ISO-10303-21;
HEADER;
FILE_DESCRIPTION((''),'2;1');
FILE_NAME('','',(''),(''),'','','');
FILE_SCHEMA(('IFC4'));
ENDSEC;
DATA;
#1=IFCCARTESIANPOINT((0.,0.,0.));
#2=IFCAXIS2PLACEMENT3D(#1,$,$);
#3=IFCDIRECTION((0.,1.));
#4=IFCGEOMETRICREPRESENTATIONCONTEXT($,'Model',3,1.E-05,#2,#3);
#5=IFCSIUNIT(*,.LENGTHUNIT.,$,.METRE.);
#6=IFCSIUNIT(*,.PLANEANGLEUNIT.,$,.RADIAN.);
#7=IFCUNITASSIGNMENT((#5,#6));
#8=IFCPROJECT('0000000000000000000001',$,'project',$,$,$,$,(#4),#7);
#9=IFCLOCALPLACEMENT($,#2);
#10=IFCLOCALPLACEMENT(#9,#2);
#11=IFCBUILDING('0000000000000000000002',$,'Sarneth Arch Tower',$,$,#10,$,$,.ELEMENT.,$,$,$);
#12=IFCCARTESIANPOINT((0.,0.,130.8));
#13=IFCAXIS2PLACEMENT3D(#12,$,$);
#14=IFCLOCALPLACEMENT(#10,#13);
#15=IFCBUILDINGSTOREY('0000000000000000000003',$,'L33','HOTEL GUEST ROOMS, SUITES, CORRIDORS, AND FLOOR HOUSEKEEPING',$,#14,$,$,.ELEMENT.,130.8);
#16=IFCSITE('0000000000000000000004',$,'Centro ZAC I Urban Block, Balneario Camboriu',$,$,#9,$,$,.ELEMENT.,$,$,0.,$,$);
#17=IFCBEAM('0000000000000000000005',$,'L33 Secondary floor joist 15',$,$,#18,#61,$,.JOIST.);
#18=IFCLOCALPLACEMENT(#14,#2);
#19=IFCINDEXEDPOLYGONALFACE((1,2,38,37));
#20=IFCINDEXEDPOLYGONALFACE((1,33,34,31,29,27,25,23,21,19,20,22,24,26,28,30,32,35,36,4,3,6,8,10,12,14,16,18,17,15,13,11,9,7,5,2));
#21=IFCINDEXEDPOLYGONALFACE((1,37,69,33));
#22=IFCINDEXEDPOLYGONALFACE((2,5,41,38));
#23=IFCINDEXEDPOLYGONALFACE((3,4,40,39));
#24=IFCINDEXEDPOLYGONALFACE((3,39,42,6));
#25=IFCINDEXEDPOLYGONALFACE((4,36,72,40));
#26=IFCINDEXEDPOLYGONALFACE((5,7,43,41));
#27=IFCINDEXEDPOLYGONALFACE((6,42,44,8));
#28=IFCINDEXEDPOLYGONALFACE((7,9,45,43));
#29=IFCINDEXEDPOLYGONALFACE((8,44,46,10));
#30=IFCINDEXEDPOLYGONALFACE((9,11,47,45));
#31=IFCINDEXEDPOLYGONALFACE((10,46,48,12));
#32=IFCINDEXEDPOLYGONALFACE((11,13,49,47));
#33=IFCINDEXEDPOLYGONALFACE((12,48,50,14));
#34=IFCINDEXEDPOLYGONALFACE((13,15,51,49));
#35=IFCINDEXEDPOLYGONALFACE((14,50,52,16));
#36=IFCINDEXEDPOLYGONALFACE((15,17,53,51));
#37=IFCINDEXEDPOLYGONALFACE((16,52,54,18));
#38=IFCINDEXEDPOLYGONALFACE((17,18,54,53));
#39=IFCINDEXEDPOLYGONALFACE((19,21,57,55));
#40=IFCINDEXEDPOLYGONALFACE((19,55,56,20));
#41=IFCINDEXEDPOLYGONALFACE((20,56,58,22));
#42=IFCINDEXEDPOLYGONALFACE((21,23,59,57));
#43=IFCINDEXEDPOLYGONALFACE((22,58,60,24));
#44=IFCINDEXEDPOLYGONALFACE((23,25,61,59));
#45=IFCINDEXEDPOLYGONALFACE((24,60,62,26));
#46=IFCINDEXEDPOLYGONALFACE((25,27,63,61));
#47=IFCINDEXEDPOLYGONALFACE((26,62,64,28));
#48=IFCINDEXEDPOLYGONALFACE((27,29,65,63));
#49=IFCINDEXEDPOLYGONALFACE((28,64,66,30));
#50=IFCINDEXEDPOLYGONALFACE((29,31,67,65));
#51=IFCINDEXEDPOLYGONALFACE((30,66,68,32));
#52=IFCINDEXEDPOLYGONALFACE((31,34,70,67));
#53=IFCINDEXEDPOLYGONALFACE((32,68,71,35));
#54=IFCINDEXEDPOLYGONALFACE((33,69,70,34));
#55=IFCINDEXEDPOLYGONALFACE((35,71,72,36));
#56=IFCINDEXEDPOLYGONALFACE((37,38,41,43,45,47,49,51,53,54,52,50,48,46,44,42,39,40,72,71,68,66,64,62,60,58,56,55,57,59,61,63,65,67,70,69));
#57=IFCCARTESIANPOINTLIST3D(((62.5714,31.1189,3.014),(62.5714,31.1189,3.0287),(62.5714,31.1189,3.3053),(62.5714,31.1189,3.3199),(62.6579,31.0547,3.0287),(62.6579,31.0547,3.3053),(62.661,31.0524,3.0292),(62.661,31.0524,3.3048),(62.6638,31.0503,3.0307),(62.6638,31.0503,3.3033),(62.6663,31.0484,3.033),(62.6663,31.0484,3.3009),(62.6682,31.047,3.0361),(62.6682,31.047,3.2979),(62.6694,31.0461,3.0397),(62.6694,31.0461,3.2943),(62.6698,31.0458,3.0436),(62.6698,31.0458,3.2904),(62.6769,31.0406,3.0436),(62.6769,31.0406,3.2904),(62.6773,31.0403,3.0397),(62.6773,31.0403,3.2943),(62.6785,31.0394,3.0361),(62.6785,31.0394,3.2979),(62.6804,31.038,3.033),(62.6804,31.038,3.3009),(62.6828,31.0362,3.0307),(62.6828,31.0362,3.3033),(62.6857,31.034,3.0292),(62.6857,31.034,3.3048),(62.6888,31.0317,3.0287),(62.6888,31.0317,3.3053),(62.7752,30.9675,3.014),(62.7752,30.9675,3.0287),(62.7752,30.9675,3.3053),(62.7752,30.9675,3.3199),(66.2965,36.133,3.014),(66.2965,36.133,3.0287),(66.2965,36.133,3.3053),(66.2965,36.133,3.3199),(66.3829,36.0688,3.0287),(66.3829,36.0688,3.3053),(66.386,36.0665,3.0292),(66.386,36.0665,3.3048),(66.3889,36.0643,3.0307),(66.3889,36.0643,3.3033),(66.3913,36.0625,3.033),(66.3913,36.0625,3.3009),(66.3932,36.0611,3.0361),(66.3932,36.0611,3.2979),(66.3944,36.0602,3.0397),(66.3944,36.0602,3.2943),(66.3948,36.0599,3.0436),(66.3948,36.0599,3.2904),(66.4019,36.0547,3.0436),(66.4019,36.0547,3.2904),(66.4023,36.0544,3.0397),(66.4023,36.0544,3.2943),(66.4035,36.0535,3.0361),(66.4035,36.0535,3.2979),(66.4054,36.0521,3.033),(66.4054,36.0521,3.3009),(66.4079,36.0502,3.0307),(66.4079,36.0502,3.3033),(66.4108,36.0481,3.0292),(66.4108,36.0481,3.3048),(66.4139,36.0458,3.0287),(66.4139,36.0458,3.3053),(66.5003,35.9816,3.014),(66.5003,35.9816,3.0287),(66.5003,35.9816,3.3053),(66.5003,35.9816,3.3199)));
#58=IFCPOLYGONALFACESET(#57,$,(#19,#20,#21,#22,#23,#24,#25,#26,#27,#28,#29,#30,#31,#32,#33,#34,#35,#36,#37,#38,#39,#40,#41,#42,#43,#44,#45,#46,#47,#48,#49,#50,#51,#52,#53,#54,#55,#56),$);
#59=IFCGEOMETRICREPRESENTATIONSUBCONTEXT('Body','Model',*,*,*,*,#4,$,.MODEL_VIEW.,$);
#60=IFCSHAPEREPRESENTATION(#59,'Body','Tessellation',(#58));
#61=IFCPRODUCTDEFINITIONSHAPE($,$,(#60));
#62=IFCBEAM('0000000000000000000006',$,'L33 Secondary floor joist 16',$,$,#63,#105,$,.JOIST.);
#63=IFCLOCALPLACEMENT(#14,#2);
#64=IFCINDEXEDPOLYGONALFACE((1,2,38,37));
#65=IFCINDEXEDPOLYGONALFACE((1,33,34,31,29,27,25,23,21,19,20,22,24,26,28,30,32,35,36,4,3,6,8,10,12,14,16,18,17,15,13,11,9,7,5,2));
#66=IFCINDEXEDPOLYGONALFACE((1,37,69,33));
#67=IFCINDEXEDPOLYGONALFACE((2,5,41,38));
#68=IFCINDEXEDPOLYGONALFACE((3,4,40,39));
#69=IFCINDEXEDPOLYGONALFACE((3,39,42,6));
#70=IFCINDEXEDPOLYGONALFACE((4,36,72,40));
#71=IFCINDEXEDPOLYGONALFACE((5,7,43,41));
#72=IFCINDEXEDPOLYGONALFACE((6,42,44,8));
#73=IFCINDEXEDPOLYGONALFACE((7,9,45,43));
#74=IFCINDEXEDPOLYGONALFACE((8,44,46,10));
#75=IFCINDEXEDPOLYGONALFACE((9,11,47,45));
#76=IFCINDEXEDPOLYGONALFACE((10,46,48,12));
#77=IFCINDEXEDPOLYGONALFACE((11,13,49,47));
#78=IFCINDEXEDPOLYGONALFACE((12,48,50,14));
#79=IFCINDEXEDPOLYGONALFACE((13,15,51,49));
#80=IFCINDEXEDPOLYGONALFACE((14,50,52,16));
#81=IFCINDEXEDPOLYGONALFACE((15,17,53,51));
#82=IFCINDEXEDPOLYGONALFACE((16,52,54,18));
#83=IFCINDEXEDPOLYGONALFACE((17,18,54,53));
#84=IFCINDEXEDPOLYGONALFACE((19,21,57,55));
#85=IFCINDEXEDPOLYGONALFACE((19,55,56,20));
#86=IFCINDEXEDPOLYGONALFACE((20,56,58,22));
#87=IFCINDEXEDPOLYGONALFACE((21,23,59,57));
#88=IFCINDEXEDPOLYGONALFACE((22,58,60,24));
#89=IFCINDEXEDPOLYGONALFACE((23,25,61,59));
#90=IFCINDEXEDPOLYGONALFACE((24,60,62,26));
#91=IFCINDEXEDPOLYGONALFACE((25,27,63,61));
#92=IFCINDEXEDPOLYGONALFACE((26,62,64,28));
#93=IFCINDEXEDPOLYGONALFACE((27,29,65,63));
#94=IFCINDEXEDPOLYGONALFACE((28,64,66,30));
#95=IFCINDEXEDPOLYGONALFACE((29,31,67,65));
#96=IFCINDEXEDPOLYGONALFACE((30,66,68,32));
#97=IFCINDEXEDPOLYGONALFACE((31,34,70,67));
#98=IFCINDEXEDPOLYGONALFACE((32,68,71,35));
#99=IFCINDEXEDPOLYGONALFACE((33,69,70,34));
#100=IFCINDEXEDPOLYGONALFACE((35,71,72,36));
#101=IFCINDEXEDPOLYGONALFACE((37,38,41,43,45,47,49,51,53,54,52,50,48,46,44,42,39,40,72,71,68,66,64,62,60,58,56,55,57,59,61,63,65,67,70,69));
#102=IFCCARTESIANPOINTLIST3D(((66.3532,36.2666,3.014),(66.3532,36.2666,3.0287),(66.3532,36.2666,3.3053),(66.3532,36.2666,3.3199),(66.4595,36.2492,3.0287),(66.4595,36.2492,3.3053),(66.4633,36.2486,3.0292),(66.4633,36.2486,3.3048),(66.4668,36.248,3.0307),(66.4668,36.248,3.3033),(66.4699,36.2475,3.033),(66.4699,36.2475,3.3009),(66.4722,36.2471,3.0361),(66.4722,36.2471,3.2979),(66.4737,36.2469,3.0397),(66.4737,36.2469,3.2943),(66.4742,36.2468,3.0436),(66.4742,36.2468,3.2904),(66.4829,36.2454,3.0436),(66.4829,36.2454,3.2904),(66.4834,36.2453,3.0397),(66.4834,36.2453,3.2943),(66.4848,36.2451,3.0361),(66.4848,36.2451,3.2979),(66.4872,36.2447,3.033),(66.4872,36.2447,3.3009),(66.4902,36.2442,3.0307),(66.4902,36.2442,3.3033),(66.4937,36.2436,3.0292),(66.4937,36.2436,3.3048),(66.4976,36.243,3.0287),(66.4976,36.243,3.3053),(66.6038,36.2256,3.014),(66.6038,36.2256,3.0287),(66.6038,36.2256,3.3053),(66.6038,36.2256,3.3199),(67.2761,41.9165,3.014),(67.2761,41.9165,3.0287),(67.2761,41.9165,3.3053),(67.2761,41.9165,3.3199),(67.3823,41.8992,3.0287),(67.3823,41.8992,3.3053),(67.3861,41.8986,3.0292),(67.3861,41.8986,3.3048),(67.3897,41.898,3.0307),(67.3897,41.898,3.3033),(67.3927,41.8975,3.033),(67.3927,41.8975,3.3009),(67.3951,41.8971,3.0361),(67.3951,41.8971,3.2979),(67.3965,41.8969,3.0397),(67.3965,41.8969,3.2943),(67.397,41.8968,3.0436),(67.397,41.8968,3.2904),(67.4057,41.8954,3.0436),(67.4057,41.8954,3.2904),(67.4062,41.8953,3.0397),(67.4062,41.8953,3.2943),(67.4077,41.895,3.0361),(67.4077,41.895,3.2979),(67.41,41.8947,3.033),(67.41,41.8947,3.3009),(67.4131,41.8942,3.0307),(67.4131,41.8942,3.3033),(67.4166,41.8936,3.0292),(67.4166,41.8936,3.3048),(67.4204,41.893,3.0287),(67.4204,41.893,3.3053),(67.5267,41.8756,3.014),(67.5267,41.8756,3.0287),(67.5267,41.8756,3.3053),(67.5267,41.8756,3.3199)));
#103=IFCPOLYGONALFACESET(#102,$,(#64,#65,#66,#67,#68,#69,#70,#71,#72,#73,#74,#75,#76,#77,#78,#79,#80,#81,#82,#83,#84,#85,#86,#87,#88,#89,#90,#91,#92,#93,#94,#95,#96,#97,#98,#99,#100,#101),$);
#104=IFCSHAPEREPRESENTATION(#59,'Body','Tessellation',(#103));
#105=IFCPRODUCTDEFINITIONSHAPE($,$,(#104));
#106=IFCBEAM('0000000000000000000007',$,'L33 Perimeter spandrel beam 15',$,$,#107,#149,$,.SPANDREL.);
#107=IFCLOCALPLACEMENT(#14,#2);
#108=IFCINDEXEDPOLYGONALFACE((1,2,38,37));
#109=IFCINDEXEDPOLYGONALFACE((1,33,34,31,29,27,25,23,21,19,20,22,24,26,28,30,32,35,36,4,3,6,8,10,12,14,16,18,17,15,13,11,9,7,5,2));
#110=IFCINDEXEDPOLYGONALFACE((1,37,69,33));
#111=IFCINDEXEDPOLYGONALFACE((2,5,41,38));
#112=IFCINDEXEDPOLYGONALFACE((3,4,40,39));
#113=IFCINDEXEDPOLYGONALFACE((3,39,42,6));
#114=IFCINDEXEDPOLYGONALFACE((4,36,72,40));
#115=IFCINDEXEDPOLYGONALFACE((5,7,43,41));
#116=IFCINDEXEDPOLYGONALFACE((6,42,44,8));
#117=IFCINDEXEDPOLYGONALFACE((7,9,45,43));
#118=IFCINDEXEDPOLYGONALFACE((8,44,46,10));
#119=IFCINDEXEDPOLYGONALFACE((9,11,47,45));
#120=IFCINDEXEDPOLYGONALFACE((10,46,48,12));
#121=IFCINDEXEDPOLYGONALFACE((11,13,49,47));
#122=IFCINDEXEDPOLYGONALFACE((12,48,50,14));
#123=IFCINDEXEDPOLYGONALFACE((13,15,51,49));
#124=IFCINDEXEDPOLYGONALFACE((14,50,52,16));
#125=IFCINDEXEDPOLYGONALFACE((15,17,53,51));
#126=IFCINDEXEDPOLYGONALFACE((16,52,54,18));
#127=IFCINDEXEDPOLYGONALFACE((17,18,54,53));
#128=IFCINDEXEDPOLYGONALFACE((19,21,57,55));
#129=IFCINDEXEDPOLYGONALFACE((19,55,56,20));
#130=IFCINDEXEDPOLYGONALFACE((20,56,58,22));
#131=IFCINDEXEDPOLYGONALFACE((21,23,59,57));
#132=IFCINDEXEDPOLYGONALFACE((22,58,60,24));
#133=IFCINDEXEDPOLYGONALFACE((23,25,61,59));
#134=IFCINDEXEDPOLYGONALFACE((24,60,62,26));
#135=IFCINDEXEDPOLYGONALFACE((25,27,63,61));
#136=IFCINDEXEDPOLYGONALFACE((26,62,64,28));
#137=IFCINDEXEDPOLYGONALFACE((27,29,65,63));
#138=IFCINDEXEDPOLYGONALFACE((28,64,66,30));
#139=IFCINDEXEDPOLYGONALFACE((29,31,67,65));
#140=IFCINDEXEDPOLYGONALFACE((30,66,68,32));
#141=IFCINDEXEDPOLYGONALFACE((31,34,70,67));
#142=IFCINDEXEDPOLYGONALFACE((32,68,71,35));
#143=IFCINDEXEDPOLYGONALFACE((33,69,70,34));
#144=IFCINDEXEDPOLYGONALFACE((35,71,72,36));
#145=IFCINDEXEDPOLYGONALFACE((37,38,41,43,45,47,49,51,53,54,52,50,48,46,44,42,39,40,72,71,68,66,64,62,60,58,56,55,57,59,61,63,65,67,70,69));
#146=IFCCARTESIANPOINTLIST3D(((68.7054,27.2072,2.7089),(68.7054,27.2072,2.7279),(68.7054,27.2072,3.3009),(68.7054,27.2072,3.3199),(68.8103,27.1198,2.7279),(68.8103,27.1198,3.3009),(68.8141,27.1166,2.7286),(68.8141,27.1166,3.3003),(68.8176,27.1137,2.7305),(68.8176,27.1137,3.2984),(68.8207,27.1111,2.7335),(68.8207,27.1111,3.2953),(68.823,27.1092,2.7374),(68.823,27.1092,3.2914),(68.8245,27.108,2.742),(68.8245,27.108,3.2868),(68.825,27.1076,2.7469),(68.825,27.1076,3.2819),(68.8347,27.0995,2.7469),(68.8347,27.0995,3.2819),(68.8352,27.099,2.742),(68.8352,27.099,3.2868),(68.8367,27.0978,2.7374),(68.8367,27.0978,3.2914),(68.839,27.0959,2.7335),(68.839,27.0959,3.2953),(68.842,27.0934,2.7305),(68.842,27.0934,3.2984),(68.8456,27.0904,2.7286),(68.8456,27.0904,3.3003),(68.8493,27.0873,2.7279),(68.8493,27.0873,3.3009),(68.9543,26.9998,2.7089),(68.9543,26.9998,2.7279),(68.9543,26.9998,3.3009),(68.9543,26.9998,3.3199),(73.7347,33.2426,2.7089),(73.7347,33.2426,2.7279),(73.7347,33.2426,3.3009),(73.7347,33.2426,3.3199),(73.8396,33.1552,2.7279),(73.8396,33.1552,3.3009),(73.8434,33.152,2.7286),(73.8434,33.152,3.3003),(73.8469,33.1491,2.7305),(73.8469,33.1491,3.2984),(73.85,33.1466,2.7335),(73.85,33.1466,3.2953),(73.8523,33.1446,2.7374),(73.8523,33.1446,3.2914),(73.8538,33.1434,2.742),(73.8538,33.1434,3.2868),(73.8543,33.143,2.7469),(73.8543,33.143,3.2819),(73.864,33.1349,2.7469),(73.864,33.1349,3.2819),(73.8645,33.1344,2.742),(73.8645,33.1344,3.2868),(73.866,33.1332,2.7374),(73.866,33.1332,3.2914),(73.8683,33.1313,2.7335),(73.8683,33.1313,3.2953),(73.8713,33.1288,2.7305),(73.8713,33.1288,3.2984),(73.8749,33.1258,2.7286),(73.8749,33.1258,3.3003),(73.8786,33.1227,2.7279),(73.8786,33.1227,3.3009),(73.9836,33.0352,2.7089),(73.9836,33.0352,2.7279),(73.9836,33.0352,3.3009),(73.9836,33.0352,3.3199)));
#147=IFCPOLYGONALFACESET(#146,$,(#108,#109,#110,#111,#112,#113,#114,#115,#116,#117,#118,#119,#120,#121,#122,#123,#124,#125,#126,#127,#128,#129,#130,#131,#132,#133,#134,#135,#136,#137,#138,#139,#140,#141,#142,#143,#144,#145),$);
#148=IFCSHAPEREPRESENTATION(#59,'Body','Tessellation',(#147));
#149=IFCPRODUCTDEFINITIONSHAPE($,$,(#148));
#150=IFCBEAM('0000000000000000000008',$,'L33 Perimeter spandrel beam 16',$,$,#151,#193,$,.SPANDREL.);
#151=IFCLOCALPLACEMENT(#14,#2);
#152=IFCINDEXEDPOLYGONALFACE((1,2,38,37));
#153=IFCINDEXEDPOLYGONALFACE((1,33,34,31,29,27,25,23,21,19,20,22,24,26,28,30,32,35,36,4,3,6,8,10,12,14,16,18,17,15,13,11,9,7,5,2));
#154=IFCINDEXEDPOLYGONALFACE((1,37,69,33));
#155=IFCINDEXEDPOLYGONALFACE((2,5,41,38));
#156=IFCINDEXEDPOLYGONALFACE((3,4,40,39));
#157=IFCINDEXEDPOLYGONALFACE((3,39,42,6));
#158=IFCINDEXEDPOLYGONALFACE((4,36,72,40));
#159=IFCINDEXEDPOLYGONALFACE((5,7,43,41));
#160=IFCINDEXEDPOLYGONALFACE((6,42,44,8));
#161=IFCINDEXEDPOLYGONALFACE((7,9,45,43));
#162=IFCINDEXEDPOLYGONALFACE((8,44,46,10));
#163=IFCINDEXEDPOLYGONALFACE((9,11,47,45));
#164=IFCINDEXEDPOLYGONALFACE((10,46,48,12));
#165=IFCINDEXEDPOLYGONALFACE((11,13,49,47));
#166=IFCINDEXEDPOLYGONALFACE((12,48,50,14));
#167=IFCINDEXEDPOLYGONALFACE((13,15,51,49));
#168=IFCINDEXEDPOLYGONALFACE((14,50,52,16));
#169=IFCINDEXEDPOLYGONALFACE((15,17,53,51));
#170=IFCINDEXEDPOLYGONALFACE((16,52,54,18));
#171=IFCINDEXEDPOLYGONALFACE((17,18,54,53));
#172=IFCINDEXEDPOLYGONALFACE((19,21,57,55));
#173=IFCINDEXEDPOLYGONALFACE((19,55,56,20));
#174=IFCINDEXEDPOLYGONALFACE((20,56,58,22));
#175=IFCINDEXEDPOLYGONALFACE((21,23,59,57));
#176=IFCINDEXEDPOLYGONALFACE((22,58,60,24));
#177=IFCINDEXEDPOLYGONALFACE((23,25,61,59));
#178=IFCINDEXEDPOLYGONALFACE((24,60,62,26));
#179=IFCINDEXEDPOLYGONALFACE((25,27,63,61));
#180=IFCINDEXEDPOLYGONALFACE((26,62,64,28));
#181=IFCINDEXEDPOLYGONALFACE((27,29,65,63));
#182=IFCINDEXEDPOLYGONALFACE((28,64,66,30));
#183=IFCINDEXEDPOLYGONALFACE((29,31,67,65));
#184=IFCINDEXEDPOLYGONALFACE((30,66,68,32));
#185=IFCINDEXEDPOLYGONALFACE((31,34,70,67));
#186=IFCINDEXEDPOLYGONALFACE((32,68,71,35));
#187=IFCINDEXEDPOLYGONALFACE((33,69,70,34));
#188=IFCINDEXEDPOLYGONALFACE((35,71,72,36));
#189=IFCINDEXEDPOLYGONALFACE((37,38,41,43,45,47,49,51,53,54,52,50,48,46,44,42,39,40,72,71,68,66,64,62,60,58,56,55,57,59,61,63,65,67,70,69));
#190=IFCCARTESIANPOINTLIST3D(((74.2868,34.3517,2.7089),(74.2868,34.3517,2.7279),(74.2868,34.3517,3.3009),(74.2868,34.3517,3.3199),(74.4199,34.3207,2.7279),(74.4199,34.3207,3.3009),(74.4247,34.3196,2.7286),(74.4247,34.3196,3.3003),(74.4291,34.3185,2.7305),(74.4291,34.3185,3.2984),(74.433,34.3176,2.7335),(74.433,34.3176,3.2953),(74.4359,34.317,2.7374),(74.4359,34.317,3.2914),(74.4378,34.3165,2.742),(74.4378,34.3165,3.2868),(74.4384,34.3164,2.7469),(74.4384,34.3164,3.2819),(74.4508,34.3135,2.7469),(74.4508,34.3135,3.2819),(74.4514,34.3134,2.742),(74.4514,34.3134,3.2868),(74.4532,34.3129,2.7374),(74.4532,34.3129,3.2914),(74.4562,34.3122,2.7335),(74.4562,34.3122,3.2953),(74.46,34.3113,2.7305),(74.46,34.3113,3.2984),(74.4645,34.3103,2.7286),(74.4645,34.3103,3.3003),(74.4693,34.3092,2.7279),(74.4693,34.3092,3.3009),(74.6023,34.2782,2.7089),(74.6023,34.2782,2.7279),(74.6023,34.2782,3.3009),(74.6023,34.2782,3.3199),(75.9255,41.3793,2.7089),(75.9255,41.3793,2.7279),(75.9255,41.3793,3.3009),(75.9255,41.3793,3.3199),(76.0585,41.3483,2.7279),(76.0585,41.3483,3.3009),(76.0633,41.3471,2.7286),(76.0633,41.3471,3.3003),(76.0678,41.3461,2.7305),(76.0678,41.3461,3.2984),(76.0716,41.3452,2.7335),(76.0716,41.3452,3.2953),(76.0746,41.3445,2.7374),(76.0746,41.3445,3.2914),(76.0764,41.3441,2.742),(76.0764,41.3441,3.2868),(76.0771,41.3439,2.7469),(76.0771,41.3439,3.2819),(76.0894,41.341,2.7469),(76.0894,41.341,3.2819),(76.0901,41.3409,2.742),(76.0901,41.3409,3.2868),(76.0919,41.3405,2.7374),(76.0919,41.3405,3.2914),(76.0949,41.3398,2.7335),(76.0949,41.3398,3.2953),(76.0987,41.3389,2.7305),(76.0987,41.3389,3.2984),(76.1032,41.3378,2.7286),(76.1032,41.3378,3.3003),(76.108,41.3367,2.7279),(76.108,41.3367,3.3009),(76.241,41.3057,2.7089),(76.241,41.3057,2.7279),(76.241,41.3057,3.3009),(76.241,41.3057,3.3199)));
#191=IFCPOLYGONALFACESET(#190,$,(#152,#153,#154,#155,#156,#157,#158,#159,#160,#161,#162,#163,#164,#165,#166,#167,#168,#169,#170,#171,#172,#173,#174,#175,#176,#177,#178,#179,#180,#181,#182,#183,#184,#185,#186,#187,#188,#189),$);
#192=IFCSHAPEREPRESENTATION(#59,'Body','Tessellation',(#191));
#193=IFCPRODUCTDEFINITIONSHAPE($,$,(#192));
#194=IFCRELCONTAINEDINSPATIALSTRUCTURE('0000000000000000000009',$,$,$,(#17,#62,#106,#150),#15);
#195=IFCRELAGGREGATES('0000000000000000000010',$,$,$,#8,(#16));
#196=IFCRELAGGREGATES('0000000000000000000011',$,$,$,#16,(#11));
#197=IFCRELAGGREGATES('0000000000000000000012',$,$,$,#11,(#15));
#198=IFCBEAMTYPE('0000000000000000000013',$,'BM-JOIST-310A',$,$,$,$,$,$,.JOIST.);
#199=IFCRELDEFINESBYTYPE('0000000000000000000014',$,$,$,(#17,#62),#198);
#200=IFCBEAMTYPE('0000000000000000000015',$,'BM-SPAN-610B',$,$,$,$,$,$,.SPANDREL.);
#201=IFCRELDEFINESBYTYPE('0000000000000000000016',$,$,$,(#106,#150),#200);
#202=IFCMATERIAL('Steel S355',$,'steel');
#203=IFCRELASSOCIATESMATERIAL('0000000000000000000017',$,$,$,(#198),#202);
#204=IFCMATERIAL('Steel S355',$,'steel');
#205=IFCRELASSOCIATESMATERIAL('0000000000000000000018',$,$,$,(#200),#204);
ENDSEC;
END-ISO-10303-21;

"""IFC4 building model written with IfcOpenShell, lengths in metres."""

from ifc_helpers import new_model, si_unit, direction, frame, origin, origin_2d, place, context, subcontext, project, spatial, i_section, extrude, material, material_profile, profile_set, type_object, element, save


model = new_model("IFC4")

# Units and contexts
model_context = context("Model", 3, precision=1e-05, world=origin(), true_north=direction((0.0, 1.0)))
body_context = subcontext(model_context, "Body", "Model", "MODEL_VIEW")
ifc_project = project(units=[si_unit("LENGTHUNIT", "METRE"), si_unit("PLANEANGLEUNIT", "RADIAN")], contexts=[model_context])

# Site, building, storey
site_placement = place(None, origin())
site = spatial("IfcSite", under=ifc_project, at=site_placement, Name="Centro ZAC I Urban Block, Balneario Camboriu", CompositionType="ELEMENT", RefElevation=0.0)
building_placement = place(site_placement, origin())
building = spatial("IfcBuilding", under=site, at=building_placement, Name="Sarneth Arch Tower", CompositionType="ELEMENT")
storey_placement = place(building_placement, frame((0.0, 0.0, 130.8)))
storey = spatial("IfcBuildingStorey", under=building, at=storey_placement, Name="L33", Description="HOTEL GUEST ROOMS, SUITES, CORRIDORS, AND FLOOR HOUSEKEEPING", CompositionType="ELEMENT", Elevation=130.8)

# Beams
ifc_material_1 = material(Name="Steel S355", Category="steel")
ifc_material_profile_1 = material_profile(ifc_material_1, i_section(OverallWidth=0.2539, OverallDepth=0.3059, WebThickness=0.0088, FlangeThickness=0.0146, FilletRadius=0.0149, at=origin_2d()), Name="W310x79")
ifc_profile_set_1 = profile_set([ifc_material_profile_1], Name="Steel S355")
beam_type_1 = type_object("IfcBeamType", Name="BM-JOIST-310A", PredefinedType="JOIST", material=ifc_profile_set_1)
beam_1_placement = place(storey_placement, frame((62.6733, 31.0432, 3.167), z_axis=(0.596354, 0.802721, 0.0), x_axis=(-0.802721, 0.596354, 0.0)))
element("IfcBeam", 1, at=beam_1_placement, inside=storey, type_object=beam_type_1, Name="L33 Secondary floor joist 15", PredefinedType="JOIST", context=body_context, shape_type="SweptSolid", body=[
    extrude(i_section(OverallWidth=0.2539, OverallDepth=0.3059, WebThickness=0.0088, FlangeThickness=0.0146, FilletRadius=0.0149, at=origin_2d()), origin(), (0.0, 0.0, 1.0), 6.2463),
])
beam_2_placement = place(storey_placement, frame((66.4785, 36.2461, 3.167), z_axis=(0.161203, 0.986921, 0.0), x_axis=(-0.986921, 0.161203, 0.0)))
element("IfcBeam", 2, at=beam_2_placement, inside=storey, type_object=beam_type_1, Name="L33 Secondary floor joist 16", PredefinedType="JOIST", context=body_context, shape_type="SweptSolid", body=[
    extrude(i_section(OverallWidth=0.2539, OverallDepth=0.3059, WebThickness=0.0088, FlangeThickness=0.0146, FilletRadius=0.0149, at=origin_2d()), origin(), (0.0, 0.0, 1.0), 5.7249),
])
ifc_material_2 = material(Name="Steel S355", Category="steel")
ifc_material_profile_2 = material_profile(ifc_material_2, i_section(OverallWidth=0.324, OverallDepth=0.6111, WebThickness=0.0127, FlangeThickness=0.019, FilletRadius=0.019, at=origin_2d()), Name="W610x155")
ifc_profile_set_2 = profile_set([ifc_material_profile_2], Name="Steel S355")
beam_type_2 = type_object("IfcBeamType", Name="BM-SPAN-610B", PredefinedType="SPANDREL", material=ifc_profile_set_2)
beam_3_placement = place(storey_placement, frame((68.8298, 27.1035, 3.0144), z_axis=(0.640169, 0.768234, 0.0), x_axis=(-0.768234, 0.640169, 0.0)))
element("IfcBeam", 3, at=beam_3_placement, inside=storey, type_object=beam_type_2, Name="L33 Perimeter spandrel beam 15", PredefinedType="SPANDREL", context=body_context, shape_type="SweptSolid", body=[
    extrude(i_section(OverallWidth=0.324, OverallDepth=0.6111, WebThickness=0.0127, FlangeThickness=0.019, FilletRadius=0.019, at=origin_2d()), origin(), (0.0, 0.0, 1.0), 7.8562),
])
beam_4_placement = place(storey_placement, frame((74.4446, 34.3149, 3.0144), z_axis=(0.227085, 0.973875, 0.0), x_axis=(-0.973875, 0.227085, 0.0)))
element("IfcBeam", 4, at=beam_4_placement, inside=storey, type_object=beam_type_2, Name="L33 Perimeter spandrel beam 16", PredefinedType="SPANDREL", context=body_context, shape_type="SweptSolid", body=[
    extrude(i_section(OverallWidth=0.324, OverallDepth=0.6111, WebThickness=0.0127, FlangeThickness=0.019, FilletRadius=0.019, at=origin_2d()), origin(), (0.0, 0.0, 1.0), 7.2161),
])

save(model, "model.ifc")
